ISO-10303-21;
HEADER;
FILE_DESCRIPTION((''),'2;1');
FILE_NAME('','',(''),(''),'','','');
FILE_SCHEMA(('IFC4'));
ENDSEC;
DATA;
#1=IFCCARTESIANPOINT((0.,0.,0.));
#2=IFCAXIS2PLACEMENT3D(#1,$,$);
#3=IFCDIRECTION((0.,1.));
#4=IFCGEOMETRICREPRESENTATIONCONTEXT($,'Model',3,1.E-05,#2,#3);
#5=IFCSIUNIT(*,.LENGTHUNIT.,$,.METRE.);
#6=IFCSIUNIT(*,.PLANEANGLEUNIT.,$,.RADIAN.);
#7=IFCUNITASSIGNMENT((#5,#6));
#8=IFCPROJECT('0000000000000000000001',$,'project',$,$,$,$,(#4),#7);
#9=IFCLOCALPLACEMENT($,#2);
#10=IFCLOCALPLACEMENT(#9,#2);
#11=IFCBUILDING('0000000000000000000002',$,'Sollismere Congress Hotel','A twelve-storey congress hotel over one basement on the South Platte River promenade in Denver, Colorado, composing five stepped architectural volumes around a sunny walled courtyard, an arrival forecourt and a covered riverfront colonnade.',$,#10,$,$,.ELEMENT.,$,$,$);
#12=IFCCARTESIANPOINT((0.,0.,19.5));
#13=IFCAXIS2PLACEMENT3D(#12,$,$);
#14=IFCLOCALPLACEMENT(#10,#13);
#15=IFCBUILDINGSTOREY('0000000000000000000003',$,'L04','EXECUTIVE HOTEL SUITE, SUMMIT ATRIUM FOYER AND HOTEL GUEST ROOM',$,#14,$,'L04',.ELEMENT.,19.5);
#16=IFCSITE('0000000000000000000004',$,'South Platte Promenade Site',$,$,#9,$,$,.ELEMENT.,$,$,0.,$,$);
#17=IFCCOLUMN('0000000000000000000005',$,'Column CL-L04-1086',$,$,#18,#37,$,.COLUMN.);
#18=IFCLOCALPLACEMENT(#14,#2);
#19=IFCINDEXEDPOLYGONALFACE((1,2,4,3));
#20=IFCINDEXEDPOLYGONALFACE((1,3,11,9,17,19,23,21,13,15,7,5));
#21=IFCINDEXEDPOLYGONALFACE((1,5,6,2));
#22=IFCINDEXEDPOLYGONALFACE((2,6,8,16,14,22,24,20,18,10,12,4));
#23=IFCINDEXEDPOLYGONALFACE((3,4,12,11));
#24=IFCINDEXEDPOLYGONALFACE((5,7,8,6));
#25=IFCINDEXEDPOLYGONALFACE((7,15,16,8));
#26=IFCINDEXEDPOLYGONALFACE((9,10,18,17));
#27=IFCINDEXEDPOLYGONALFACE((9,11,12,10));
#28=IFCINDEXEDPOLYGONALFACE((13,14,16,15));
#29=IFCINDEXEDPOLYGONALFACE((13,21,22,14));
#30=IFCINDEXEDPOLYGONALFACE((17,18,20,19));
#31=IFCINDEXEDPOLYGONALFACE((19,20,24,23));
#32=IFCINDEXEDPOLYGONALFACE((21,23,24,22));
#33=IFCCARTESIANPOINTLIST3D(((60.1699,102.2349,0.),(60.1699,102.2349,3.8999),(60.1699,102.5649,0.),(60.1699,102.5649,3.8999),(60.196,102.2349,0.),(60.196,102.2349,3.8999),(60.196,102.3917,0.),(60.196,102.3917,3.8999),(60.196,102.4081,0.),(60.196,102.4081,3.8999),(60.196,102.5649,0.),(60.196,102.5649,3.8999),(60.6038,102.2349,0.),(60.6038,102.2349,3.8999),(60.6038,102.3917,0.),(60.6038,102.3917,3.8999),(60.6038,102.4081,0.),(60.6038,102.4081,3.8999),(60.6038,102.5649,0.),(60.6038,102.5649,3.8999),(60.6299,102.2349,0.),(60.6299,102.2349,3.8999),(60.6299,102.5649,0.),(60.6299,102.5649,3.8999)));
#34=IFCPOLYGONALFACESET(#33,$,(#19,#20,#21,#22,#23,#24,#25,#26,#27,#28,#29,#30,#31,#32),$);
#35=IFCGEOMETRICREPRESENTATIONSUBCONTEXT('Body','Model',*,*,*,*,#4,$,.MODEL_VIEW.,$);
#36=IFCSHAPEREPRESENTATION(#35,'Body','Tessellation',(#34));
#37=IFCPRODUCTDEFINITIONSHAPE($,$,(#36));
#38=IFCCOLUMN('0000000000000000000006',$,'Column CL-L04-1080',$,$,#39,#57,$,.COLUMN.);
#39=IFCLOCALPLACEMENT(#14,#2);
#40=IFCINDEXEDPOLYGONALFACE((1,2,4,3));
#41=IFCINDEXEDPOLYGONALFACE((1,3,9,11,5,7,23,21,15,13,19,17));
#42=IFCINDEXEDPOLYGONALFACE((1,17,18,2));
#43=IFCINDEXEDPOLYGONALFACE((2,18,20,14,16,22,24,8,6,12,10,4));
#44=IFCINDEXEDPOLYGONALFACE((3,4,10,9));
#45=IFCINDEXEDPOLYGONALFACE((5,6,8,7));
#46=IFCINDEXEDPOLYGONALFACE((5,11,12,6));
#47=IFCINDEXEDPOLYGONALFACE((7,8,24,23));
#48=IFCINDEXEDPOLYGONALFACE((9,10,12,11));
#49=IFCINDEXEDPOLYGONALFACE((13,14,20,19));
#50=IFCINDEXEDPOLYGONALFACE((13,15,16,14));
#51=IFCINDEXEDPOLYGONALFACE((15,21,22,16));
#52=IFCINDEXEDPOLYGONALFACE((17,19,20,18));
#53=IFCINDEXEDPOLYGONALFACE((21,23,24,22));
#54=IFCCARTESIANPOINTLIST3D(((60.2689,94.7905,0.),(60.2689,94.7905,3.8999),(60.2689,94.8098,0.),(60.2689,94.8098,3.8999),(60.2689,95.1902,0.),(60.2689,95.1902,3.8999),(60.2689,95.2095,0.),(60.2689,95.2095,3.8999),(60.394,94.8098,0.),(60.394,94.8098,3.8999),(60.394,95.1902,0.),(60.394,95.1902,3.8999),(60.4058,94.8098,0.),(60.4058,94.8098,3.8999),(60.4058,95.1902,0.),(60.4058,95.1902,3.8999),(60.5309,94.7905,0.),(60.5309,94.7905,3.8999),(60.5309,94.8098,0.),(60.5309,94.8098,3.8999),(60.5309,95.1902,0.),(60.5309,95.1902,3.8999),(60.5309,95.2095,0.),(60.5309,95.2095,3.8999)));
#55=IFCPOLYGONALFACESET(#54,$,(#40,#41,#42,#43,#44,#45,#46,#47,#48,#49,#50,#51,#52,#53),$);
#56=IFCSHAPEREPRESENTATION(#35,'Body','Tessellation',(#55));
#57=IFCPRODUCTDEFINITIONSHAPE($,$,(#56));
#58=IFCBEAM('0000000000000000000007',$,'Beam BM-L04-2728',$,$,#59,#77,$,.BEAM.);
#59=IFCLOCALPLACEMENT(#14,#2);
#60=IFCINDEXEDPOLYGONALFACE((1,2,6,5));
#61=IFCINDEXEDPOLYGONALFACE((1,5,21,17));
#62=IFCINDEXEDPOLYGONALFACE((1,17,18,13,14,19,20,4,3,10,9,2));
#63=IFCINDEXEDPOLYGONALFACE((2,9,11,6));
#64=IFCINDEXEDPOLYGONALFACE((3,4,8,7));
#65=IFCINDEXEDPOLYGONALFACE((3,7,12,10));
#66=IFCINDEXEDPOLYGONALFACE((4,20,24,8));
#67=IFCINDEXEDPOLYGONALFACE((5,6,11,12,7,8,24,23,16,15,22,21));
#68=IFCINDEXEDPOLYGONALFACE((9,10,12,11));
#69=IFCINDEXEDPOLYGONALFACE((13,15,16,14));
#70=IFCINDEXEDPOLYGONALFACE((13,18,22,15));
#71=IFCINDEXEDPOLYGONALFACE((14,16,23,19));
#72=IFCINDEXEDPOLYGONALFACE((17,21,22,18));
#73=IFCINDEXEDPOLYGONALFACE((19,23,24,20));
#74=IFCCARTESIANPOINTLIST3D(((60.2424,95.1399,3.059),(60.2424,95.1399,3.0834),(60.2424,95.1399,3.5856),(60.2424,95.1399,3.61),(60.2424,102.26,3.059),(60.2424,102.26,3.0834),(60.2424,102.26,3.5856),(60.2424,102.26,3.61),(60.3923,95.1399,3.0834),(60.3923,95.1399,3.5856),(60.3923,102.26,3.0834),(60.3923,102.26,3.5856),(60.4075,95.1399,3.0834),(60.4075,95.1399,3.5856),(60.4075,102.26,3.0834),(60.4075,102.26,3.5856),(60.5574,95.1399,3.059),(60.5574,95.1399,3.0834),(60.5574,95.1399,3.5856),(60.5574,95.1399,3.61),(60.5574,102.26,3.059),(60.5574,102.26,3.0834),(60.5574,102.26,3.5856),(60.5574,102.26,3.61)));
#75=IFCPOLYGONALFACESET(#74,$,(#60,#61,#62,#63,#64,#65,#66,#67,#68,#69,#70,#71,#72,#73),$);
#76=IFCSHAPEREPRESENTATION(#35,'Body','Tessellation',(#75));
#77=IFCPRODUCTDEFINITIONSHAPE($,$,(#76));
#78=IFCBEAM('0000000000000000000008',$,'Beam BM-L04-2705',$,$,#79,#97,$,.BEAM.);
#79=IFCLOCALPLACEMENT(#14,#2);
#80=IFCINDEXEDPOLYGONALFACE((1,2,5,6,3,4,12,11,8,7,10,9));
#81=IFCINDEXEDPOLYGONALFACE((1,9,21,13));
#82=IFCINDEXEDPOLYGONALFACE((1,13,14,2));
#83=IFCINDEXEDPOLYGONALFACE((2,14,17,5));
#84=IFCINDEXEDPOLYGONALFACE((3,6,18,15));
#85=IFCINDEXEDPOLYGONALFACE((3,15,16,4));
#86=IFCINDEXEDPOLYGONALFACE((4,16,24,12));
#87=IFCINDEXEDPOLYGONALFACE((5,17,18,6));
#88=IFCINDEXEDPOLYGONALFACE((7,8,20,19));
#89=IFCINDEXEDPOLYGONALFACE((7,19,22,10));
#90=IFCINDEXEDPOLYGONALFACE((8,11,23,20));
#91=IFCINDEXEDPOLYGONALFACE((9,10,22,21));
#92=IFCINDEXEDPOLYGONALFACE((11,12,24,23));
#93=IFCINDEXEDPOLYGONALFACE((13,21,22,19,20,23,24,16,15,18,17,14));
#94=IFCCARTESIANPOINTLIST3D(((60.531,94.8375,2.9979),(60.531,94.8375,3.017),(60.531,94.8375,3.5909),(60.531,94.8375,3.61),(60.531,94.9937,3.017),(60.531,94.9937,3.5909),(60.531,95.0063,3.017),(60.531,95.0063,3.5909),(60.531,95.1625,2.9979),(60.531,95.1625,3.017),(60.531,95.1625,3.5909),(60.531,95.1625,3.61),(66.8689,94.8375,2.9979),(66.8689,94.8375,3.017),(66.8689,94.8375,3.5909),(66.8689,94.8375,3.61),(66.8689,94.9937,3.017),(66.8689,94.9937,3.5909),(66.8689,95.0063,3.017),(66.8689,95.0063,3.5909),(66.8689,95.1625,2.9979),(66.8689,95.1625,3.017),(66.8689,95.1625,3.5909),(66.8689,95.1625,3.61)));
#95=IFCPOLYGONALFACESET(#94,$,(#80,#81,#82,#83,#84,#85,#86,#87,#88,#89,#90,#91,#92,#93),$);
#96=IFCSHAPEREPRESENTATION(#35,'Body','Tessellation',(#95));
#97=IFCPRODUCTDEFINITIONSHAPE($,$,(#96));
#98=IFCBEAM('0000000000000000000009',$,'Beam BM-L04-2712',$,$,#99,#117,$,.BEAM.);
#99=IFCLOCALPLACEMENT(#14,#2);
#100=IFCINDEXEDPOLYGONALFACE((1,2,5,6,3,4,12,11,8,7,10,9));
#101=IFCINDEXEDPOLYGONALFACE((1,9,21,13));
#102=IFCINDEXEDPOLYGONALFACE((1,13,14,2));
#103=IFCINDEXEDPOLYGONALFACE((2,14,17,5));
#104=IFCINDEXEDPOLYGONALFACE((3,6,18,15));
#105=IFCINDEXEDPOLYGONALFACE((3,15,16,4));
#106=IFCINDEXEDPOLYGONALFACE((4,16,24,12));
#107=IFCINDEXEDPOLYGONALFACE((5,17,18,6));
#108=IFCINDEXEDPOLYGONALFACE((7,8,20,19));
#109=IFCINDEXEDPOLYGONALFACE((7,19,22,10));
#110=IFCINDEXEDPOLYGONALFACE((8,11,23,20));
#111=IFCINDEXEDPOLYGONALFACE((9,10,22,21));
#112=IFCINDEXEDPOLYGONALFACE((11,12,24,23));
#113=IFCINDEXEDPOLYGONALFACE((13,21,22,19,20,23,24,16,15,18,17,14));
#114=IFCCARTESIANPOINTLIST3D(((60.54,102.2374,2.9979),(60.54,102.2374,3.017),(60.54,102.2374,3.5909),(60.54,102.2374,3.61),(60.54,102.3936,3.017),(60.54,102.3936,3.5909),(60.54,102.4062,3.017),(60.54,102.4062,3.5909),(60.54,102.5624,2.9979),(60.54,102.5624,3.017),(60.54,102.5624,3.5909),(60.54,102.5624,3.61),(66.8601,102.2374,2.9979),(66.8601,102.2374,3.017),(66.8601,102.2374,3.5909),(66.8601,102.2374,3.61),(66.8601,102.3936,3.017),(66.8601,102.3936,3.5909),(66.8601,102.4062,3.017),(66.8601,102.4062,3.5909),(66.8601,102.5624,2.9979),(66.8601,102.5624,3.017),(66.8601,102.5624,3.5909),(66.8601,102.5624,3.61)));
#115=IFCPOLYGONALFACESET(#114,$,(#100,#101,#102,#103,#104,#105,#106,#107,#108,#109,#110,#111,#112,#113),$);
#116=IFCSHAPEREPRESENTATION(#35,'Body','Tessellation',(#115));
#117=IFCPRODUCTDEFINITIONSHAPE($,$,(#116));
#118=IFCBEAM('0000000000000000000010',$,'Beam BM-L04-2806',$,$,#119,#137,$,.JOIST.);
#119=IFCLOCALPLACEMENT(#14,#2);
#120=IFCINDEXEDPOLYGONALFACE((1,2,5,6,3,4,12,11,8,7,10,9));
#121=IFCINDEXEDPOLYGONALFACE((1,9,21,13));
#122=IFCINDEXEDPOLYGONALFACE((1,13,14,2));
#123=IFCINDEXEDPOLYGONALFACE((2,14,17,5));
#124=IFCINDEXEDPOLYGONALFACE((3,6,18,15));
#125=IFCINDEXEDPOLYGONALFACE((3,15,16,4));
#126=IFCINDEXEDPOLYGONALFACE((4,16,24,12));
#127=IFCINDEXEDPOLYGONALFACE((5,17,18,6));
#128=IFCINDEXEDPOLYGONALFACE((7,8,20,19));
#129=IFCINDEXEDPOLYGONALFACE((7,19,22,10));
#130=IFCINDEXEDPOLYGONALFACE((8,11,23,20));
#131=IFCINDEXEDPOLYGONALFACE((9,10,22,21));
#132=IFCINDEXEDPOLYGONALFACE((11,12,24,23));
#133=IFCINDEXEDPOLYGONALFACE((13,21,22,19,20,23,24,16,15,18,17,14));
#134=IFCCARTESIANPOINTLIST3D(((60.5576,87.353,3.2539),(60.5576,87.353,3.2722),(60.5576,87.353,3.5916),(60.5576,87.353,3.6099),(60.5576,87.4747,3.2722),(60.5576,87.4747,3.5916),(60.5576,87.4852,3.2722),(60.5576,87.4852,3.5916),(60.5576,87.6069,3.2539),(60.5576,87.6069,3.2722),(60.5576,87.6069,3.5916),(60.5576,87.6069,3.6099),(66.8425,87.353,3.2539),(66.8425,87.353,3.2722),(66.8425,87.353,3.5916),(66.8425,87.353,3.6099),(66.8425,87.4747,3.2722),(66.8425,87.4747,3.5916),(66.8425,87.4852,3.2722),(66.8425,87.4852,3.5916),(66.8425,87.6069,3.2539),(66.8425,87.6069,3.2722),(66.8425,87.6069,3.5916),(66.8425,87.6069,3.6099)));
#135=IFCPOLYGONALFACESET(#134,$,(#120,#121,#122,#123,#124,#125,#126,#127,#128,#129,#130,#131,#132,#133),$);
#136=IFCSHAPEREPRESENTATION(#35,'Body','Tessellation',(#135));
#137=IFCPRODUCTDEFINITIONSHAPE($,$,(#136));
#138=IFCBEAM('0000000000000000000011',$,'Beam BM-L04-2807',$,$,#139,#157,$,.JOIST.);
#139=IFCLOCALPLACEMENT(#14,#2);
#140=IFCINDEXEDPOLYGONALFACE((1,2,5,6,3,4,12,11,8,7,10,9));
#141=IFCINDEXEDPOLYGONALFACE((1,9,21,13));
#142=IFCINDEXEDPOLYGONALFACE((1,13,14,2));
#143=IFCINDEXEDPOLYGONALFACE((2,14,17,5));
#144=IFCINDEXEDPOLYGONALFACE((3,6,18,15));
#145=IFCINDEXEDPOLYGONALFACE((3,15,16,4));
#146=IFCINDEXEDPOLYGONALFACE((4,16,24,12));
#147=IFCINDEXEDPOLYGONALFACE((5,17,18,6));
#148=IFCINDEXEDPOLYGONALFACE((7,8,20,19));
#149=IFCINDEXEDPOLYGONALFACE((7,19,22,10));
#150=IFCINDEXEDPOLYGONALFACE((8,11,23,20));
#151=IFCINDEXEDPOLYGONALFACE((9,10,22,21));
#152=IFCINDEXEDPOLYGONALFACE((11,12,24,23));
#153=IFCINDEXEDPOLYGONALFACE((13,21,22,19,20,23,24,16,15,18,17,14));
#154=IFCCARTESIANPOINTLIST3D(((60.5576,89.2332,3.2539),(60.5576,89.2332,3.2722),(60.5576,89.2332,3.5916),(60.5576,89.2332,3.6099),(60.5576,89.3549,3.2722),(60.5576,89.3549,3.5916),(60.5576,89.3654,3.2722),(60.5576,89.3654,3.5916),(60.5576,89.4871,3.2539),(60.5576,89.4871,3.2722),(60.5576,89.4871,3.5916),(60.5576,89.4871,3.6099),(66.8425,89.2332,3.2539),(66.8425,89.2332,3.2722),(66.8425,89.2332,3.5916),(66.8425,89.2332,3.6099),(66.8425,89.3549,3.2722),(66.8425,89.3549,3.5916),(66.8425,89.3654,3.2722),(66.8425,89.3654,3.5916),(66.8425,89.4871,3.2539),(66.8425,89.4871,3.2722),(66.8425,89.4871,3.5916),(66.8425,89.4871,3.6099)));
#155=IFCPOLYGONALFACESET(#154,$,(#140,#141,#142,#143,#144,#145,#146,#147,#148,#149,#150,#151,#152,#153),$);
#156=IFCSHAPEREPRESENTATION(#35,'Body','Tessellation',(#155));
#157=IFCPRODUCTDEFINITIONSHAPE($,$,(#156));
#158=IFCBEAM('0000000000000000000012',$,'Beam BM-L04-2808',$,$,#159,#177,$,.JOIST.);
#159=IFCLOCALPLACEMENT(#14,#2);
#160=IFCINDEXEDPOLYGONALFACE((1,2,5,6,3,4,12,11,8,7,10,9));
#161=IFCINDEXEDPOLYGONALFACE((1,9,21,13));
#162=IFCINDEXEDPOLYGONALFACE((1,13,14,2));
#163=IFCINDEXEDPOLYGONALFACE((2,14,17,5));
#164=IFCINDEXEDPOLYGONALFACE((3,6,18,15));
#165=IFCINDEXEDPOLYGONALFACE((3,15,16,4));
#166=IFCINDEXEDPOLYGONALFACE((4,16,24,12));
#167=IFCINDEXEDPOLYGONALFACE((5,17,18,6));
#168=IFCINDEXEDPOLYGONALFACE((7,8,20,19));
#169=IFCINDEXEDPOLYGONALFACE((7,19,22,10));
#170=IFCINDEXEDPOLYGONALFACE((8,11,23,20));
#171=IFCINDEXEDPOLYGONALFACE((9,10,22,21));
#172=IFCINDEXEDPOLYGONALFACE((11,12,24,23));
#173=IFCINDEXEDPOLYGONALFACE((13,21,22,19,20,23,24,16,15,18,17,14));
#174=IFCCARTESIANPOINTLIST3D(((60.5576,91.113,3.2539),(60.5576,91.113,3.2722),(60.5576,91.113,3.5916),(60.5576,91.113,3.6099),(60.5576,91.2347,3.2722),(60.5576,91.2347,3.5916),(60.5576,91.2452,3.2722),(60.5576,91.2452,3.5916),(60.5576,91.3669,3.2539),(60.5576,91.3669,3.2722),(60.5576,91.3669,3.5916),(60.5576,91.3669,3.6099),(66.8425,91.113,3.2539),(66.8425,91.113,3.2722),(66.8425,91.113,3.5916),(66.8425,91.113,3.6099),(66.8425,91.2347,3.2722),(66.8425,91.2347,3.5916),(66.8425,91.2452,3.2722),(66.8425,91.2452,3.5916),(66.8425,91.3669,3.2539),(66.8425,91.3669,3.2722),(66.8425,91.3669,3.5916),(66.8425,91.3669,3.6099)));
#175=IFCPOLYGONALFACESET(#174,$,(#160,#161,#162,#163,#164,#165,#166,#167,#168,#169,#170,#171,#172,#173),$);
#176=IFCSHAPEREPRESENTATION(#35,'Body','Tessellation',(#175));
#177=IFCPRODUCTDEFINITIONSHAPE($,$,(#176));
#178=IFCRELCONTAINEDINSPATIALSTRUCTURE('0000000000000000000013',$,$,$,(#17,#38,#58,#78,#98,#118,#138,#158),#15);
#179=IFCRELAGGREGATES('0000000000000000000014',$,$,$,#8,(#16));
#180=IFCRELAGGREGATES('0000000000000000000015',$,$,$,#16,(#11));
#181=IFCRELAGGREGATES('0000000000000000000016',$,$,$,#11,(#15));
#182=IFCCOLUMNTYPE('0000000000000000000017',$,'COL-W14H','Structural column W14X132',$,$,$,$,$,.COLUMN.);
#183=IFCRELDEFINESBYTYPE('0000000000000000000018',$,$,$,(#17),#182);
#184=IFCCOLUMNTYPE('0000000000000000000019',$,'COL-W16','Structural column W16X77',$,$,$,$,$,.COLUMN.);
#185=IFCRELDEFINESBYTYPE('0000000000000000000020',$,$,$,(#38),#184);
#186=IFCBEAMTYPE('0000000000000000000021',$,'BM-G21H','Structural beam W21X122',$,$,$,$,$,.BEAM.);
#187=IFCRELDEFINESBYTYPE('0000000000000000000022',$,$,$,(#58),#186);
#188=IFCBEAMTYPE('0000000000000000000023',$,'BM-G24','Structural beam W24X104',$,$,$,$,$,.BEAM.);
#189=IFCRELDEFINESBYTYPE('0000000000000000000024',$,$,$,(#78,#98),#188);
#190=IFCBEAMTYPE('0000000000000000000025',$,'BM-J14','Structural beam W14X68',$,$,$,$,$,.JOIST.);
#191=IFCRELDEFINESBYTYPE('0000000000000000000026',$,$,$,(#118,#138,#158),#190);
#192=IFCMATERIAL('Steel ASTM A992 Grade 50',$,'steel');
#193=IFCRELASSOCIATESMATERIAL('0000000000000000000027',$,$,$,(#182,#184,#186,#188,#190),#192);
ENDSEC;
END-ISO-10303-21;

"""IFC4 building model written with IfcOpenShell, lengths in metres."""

from ifc_helpers import new_model, si_unit, direction, frame, origin, origin_2d, place, context, subcontext, project, spatial, i_section, extrude, material, material_profile, profile_set, type_object, element, save


model = new_model("IFC4")

# Units and contexts
model_context = context("Model", 3, precision=1e-05, world=origin(), true_north=direction((0.0, 1.0)))
body_context = subcontext(model_context, "Body", "Model", "MODEL_VIEW")
ifc_project = project(units=[si_unit("LENGTHUNIT", "METRE"), si_unit("PLANEANGLEUNIT", "RADIAN")], contexts=[model_context])

# Site, building, storey
site_placement = place(None, origin())
site = spatial("IfcSite", under=ifc_project, at=site_placement, Name="South Platte Promenade Site", CompositionType="ELEMENT", RefElevation=0.0)
building_placement = place(site_placement, origin())
building = spatial("IfcBuilding", under=site, at=building_placement, Name="Sollismere Congress Hotel", Description="A twelve-storey congress hotel over one basement on the South Platte River promenade in Denver, Colorado, composing five stepped architectural volumes around a sunny walled courtyard, an arrival forecourt and a covered riverfront colonnade.", CompositionType="ELEMENT")
storey_placement = place(building_placement, frame((0.0, 0.0, 19.5)))
storey = spatial("IfcBuildingStorey", under=building, at=storey_placement, Name="L04", Description="EXECUTIVE HOTEL SUITE, SUMMIT ATRIUM FOYER AND HOTEL GUEST ROOM", LongName="L04", CompositionType="ELEMENT", Elevation=19.5)

# Columns
ifc_material_1 = material(Name="Steel ASTM A992 Grade 50", Category="steel")
ifc_material_profile_1 = material_profile(ifc_material_1, i_section(OverallWidth=0.3301, OverallDepth=0.46, WebThickness=0.0164, FlangeThickness=0.0261, at=origin_2d()), Name="W14X132")
ifc_profile_set_1 = profile_set([ifc_material_profile_1], Name="Steel ASTM A992 Grade 50")
column_type_1 = type_object("IfcColumnType", Name="COL-W14H", Description="Structural column W14X132", PredefinedType="COLUMN", material=ifc_profile_set_1)
column_1_placement = place(storey_placement, frame((60.3999, 102.3999, 0.0), z_axis=(0.0, 0.0, 1.0), x_axis=(0.0, 1.0, 0.0)))
element("IfcColumn", 1, at=column_1_placement, inside=storey, type_object=column_type_1, Name="Column CL-L04-1086", PredefinedType="COLUMN", context=body_context, shape_type="SweptSolid", body=[
    extrude(i_section(OverallWidth=0.3301, OverallDepth=0.46, WebThickness=0.0164, FlangeThickness=0.0261, at=origin_2d()), origin(), (0.0, 0.0, 1.0), 3.8999),
])
ifc_material_profile_2 = material_profile(ifc_material_1, i_section(OverallWidth=0.262, OverallDepth=0.4189, WebThickness=0.0117, FlangeThickness=0.0193, at=origin_2d()), Name="W16X77")
ifc_profile_set_2 = profile_set([ifc_material_profile_2], Name="Steel ASTM A992 Grade 50")
column_type_2 = type_object("IfcColumnType", Name="COL-W16", Description="Structural column W16X77", PredefinedType="COLUMN", material=ifc_profile_set_2)
column_2_placement = place(storey_placement, frame((60.3999, 95.0, 0.0), z_axis=(0.0, 0.0, 1.0), x_axis=(1.0, 0.0, 0.0)))
element("IfcColumn", 2, at=column_2_placement, inside=storey, type_object=column_type_2, Name="Column CL-L04-1080", PredefinedType="COLUMN", context=body_context, shape_type="SweptSolid", body=[
    extrude(i_section(OverallWidth=0.262, OverallDepth=0.4189, WebThickness=0.0117, FlangeThickness=0.0193, at=origin_2d()), origin(), (0.0, 0.0, 1.0), 3.8999),
])

# Beams
ifc_material_profile_3 = material_profile(ifc_material_1, i_section(OverallWidth=0.3149, OverallDepth=0.551, WebThickness=0.0151, FlangeThickness=0.0244, at=origin_2d()), Name="W21X122")
ifc_profile_set_3 = profile_set([ifc_material_profile_3], Name="Steel ASTM A992 Grade 50")
beam_type_1 = type_object("IfcBeamType", Name="BM-G21H", Description="Structural beam W21X122", PredefinedType="BEAM", material=ifc_profile_set_3)
beam_1_placement = place(storey_placement, frame((60.3999, 95.1399, 3.3345), z_axis=(0.0, 1.0, 0.0), x_axis=(-1.0, 0.0, 0.0)))
element("IfcBeam", 3, at=beam_1_placement, inside=storey, type_object=beam_type_1, Name="Beam BM-L04-2728", PredefinedType="BEAM", context=body_context, shape_type="SweptSolid", body=[
    extrude(i_section(OverallWidth=0.3149, OverallDepth=0.551, WebThickness=0.0151, FlangeThickness=0.0244, at=origin_2d()), origin(), (0.0, 0.0, 1.0), 7.1201),
])
ifc_material_profile_4 = material_profile(ifc_material_1, i_section(OverallWidth=0.325, OverallDepth=0.6121, WebThickness=0.0127, FlangeThickness=0.019, at=origin_2d()), Name="W24X104")
ifc_profile_set_4 = profile_set([ifc_material_profile_4], Name="Steel ASTM A992 Grade 50")
beam_type_2 = type_object("IfcBeamType", Name="BM-G24", Description="Structural beam W24X104", PredefinedType="BEAM", material=ifc_profile_set_4)
beam_2_placement = place(storey_placement, frame((60.531, 95.0, 3.304), z_axis=(1.0, 0.0, 0.0), x_axis=(0.0, 1.0, 0.0)))
element("IfcBeam", 4, at=beam_2_placement, inside=storey, type_object=beam_type_2, Name="Beam BM-L04-2705", PredefinedType="BEAM", context=body_context, shape_type="SweptSolid", body=[
    extrude(i_section(OverallWidth=0.325, OverallDepth=0.6121, WebThickness=0.0127, FlangeThickness=0.019, at=origin_2d()), origin(), (0.0, 0.0, 1.0), 6.3379),
])
beam_3_placement = place(storey_placement, frame((60.54, 102.3999, 3.304), z_axis=(1.0, 0.0, 0.0), x_axis=(0.0, 1.0, 0.0)))
element("IfcBeam", 5, at=beam_3_placement, inside=storey, type_object=beam_type_2, Name="Beam BM-L04-2712", PredefinedType="BEAM", context=body_context, shape_type="SweptSolid", body=[
    extrude(i_section(OverallWidth=0.325, OverallDepth=0.6121, WebThickness=0.0127, FlangeThickness=0.019, at=origin_2d()), origin(), (0.0, 0.0, 1.0), 6.3201),
])
ifc_material_profile_5 = material_profile(ifc_material_1, i_section(OverallWidth=0.2539, OverallDepth=0.356, WebThickness=0.0105, FlangeThickness=0.0183, at=origin_2d()), Name="W14X68")
ifc_profile_set_5 = profile_set([ifc_material_profile_5], Name="Steel ASTM A992 Grade 50")
beam_type_3 = type_object("IfcBeamType", Name="BM-J14", Description="Structural beam W14X68", PredefinedType="JOIST", material=ifc_profile_set_5)
for number, where, z_axis, x_axis, name in (
    (6, (60.5576, 87.48, 3.4319), (1.0, 0.0, 0.0), (0.0, 1.0, 0.0), "Beam BM-L04-2806"),
    (7, (60.5576, 89.3601, 3.4319), (1.0, 0.0, 0.0), (0.0, 1.0, 0.0), "Beam BM-L04-2807"),
    (8, (60.5576, 91.24, 3.4319), (1.0, 0.0, 0.0), (0.0, 1.0, 0.0), "Beam BM-L04-2808"),
):
    element("IfcBeam", number, at=place(storey_placement, frame(where, z_axis=z_axis, x_axis=x_axis)), inside=storey, type_object=beam_type_3, Name=name, PredefinedType="JOIST", context=body_context, shape_type="SweptSolid", body=[
        extrude(i_section(OverallWidth=0.2539, OverallDepth=0.356, WebThickness=0.0105, FlangeThickness=0.0183, at=origin_2d()), origin(), (0.0, 0.0, 1.0), 6.2849),
    ])

save(model, "model.ifc")
